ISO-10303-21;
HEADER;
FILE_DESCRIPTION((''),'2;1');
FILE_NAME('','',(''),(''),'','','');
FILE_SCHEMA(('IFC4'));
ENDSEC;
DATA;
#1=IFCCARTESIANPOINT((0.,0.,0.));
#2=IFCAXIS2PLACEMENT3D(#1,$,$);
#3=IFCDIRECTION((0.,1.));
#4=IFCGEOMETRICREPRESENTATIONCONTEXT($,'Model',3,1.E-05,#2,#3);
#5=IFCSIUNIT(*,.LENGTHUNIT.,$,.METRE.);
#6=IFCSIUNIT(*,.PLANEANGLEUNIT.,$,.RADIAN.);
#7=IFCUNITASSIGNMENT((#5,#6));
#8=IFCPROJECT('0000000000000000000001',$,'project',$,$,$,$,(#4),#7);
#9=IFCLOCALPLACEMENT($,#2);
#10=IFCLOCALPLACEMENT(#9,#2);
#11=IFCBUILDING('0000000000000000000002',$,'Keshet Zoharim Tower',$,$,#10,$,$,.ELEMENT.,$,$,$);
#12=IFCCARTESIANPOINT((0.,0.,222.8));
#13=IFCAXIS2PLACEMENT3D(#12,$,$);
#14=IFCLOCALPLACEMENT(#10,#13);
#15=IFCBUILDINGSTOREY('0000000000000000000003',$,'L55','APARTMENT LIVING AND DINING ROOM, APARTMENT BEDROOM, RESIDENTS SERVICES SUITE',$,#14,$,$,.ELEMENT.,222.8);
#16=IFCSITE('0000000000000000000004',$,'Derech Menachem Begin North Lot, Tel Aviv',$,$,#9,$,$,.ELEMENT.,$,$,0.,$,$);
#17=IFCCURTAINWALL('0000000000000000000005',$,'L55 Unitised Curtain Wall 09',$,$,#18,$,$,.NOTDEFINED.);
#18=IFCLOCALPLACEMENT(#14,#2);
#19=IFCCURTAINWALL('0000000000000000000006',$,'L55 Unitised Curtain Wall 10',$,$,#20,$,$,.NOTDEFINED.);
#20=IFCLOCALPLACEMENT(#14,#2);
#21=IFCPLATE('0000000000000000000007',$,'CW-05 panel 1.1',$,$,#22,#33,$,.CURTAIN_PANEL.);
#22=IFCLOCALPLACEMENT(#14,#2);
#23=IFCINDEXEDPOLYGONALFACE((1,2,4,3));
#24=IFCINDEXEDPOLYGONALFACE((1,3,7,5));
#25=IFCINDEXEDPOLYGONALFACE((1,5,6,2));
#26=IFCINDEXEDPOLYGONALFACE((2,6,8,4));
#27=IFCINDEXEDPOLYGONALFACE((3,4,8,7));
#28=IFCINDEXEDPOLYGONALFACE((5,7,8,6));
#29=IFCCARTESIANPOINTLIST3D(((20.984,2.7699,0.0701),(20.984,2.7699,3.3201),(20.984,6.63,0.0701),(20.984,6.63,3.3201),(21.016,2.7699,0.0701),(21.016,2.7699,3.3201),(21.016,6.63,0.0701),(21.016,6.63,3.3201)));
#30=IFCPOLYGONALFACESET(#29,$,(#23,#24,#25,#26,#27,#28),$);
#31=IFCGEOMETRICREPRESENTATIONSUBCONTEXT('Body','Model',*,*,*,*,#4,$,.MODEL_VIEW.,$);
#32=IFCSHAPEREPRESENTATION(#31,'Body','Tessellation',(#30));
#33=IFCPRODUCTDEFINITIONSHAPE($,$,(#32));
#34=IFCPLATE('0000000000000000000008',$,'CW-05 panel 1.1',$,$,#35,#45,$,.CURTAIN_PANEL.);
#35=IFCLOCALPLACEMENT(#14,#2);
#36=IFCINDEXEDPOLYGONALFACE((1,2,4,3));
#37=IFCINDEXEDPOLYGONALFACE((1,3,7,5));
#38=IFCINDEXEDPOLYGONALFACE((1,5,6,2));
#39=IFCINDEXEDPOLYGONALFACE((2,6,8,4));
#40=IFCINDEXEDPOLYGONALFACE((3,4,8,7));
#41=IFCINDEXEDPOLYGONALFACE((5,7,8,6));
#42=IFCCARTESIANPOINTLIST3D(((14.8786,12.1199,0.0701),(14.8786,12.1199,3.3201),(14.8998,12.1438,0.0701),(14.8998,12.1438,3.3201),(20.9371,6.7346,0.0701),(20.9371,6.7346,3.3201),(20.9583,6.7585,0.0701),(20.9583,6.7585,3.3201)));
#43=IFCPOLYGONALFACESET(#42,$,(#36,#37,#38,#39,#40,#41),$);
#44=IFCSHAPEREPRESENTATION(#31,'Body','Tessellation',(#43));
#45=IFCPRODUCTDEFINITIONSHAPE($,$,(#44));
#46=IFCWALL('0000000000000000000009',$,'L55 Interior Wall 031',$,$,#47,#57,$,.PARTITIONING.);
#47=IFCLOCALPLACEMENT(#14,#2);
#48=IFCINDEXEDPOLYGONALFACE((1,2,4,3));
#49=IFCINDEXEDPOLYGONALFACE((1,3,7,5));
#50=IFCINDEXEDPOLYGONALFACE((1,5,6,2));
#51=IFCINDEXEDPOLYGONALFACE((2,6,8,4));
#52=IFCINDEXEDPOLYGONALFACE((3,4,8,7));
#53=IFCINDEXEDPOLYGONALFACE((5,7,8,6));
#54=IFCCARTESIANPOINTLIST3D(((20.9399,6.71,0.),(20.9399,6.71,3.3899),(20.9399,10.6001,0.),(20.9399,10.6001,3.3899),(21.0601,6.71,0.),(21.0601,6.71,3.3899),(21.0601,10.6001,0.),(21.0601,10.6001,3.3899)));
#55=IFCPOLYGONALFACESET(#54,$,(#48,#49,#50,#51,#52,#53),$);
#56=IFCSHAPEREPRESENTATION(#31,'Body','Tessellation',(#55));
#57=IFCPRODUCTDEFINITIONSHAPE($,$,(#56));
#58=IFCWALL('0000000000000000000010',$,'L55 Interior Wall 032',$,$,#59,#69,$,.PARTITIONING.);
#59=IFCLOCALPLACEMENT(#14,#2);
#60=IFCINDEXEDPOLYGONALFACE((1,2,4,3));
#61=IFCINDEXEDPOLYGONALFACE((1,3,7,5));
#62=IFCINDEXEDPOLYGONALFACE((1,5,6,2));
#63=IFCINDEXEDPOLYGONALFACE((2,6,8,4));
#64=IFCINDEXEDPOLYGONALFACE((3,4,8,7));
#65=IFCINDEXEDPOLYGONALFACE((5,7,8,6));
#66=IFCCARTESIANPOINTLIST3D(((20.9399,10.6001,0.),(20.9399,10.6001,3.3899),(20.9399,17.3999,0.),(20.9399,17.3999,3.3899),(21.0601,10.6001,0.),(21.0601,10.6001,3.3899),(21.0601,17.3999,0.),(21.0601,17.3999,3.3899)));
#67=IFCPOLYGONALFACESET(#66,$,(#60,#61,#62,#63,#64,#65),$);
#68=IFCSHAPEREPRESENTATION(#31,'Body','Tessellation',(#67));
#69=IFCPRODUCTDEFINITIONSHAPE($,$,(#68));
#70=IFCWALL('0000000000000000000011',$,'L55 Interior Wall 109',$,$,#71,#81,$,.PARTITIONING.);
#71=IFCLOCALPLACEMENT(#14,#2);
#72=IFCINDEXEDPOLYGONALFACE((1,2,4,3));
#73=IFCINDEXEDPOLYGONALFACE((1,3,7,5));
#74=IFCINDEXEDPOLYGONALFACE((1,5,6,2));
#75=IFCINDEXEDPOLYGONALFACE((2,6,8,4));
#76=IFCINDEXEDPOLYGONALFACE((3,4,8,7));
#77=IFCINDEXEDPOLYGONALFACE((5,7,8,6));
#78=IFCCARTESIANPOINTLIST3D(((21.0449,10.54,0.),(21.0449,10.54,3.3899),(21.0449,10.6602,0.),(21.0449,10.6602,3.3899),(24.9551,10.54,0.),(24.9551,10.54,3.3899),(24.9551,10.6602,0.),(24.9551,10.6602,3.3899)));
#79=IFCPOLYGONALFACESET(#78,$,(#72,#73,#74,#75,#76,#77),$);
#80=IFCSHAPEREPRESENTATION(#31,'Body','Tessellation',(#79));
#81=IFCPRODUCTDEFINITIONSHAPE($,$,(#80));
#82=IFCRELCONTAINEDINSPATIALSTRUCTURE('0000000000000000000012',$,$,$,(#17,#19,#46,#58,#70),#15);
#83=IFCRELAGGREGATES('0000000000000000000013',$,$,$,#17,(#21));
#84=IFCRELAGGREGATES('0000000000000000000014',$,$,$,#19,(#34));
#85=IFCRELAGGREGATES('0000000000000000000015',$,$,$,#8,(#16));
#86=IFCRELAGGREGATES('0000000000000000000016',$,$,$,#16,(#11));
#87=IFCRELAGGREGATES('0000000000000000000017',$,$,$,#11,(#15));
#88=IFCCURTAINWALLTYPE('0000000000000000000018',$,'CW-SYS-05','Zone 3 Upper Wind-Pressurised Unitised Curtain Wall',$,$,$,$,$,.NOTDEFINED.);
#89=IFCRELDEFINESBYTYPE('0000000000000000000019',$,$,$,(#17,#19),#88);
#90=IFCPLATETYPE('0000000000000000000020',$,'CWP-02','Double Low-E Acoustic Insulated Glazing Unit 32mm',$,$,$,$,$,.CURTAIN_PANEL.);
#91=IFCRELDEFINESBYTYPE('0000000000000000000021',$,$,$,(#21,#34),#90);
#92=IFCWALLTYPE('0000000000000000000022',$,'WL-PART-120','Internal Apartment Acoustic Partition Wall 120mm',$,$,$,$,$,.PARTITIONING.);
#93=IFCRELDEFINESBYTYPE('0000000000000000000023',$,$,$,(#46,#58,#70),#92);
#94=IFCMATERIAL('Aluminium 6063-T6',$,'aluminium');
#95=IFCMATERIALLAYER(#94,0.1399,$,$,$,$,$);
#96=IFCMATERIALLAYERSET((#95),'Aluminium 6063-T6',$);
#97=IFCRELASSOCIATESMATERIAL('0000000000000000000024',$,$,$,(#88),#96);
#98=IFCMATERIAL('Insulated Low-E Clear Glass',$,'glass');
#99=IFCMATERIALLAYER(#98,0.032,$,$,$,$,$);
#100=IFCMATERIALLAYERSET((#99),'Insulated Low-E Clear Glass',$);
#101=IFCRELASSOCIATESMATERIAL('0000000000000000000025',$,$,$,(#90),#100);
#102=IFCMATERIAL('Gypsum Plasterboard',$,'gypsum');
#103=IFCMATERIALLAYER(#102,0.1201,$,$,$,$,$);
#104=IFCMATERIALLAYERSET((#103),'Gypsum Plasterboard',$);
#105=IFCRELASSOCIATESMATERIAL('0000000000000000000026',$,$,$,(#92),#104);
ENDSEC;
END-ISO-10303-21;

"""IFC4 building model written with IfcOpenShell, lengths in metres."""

from ifc_helpers import new_model, si_unit, direction, frame, frame_2d, origin, origin_2d, place, context, subcontext, project, spatial, rectangle, extrude, material, layer, layer_set, type_object, element, aggregate, save


model = new_model("IFC4")

# Units and contexts
model_context = context("Model", 3, precision=1e-05, world=origin(), true_north=direction((0.0, 1.0)))
body_context = subcontext(model_context, "Body", "Model", "MODEL_VIEW")
ifc_project = project(units=[si_unit("LENGTHUNIT", "METRE"), si_unit("PLANEANGLEUNIT", "RADIAN")], contexts=[model_context])

# Site, building, storey
site_placement = place(None, origin())
site = spatial("IfcSite", under=ifc_project, at=site_placement, Name="Derech Menachem Begin North Lot, Tel Aviv", CompositionType="ELEMENT", RefElevation=0.0)
building_placement = place(site_placement, origin())
building = spatial("IfcBuilding", under=site, at=building_placement, Name="Keshet Zoharim Tower", CompositionType="ELEMENT")
storey_placement = place(building_placement, frame((0.0, 0.0, 222.8)))
storey = spatial("IfcBuildingStorey", under=building, at=storey_placement, Name="L55", Description="APARTMENT LIVING AND DINING ROOM, APARTMENT BEDROOM, RESIDENTS SERVICES SUITE", CompositionType="ELEMENT", Elevation=222.8)

# Shared definitions
ifc_material_1 = material(Name="Aluminium 6063-T6", Category="aluminium")
ifc_layer_1 = layer(ifc_material_1, 0.1399)
ifc_layer_set_1 = layer_set([ifc_layer_1], Name="Aluminium 6063-T6")
curtain_wall_type = type_object("IfcCurtainWallType", Name="CW-SYS-05", Description="Zone 3 Upper Wind-Pressurised Unitised Curtain Wall", PredefinedType="NOTDEFINED", material=ifc_layer_set_1)

# Curtain wall
curtain_wall_1_placement = place(storey_placement, origin())
curtain_wall_1 = element("IfcCurtainWall", 1, at=curtain_wall_1_placement, inside=storey, type_object=curtain_wall_type, Name="L55 Unitised Curtain Wall 09", PredefinedType="NOTDEFINED")

# Curtain wall
curtain_wall_2_placement = place(storey_placement, origin())
curtain_wall_2 = element("IfcCurtainWall", 2, at=curtain_wall_2_placement, inside=storey, type_object=curtain_wall_type, Name="L55 Unitised Curtain Wall 10", PredefinedType="NOTDEFINED")

# Plates
ifc_material_2 = material(Name="Insulated Low-E Clear Glass", Category="glass")
ifc_layer_2 = layer(ifc_material_2, 0.032)
ifc_layer_set_2 = layer_set([ifc_layer_2], Name="Insulated Low-E Clear Glass")
plate_type = type_object("IfcPlateType", Name="CWP-02", Description="Double Low-E Acoustic Insulated Glazing Unit 32mm", PredefinedType="CURTAIN_PANEL", material=ifc_layer_set_2)
plate_1_placement = place(storey_placement, frame((21.0, 4.7, 0.0701), z_axis=(0.0, 0.0, 1.0), x_axis=(0.0, 1.0, 0.0)))
plate_1 = element("IfcPlate", 3, at=plate_1_placement, type_object=plate_type, Name="CW-05 panel 1.1", PredefinedType="CURTAIN_PANEL", context=body_context, shape_type="SweptSolid", body=[
    extrude(rectangle(XDim=3.8601, YDim=0.032, at=origin_2d()), origin(), (0.0, 0.0, 1.0), 3.25),
])
aggregate(curtain_wall_1, [plate_1])
plate_2_placement = place(storey_placement, frame((17.9185, 9.4392, 0.0701), z_axis=(0.0, 0.0, 1.0), x_axis=(-0.74741, 0.664363, 0.0)))
plate_2 = element("IfcPlate", 4, at=plate_2_placement, type_object=plate_type, Name="CW-05 panel 1.1", PredefinedType="CURTAIN_PANEL", context=body_context, shape_type="SweptSolid", body=[
    extrude(rectangle(XDim=8.106, YDim=0.032, at=origin_2d()), origin(), (0.0, 0.0, 1.0), 3.25),
])
aggregate(curtain_wall_2, [plate_2])

# Walls
ifc_material_3 = material(Name="Gypsum Plasterboard", Category="gypsum")
ifc_layer_3 = layer(ifc_material_3, 0.1201)
ifc_layer_set_3 = layer_set([ifc_layer_3], Name="Gypsum Plasterboard")
wall_type = type_object("IfcWallType", Name="WL-PART-120", Description="Internal Apartment Acoustic Partition Wall 120mm", PredefinedType="PARTITIONING", material=ifc_layer_set_3)
wall_1_placement = place(storey_placement, frame((21.0, 6.71, 0.0), z_axis=(0.0, 0.0, 1.0), x_axis=(0.0, 1.0, 0.0)))
element("IfcWall", 5, at=wall_1_placement, inside=storey, type_object=wall_type, Name="L55 Interior Wall 031", PredefinedType="PARTITIONING", context=body_context, shape_type="SweptSolid", body=[
    extrude(rectangle(XDim=3.8901, YDim=0.1201, at=frame_2d((1.9451, 0.0))), origin(), (0.0, 0.0, 1.0), 3.3899),
])
wall_2_placement = place(storey_placement, frame((21.0, 10.6001, 0.0), z_axis=(0.0, 0.0, 1.0), x_axis=(0.0, 1.0, 0.0)))
element("IfcWall", 6, at=wall_2_placement, inside=storey, type_object=wall_type, Name="L55 Interior Wall 032", PredefinedType="PARTITIONING", context=body_context, shape_type="SweptSolid", body=[
    extrude(rectangle(XDim=6.7998, YDim=0.1201, at=frame_2d((3.3999, 0.0))), origin(), (0.0, 0.0, 1.0), 3.3899),
])
wall_3_placement = place(storey_placement, frame((21.0449, 10.6001, 0.0), z_axis=(0.0, 0.0, 1.0), x_axis=(1.0, 0.0, 0.0)))
element("IfcWall", 7, at=wall_3_placement, inside=storey, type_object=wall_type, Name="L55 Interior Wall 109", PredefinedType="PARTITIONING", context=body_context, shape_type="SweptSolid", body=[
    extrude(rectangle(XDim=3.9102, YDim=0.1201, at=frame_2d((1.9551, 0.0))), origin(), (0.0, 0.0, 1.0), 3.3899),
])

save(model, "model.ifc")
